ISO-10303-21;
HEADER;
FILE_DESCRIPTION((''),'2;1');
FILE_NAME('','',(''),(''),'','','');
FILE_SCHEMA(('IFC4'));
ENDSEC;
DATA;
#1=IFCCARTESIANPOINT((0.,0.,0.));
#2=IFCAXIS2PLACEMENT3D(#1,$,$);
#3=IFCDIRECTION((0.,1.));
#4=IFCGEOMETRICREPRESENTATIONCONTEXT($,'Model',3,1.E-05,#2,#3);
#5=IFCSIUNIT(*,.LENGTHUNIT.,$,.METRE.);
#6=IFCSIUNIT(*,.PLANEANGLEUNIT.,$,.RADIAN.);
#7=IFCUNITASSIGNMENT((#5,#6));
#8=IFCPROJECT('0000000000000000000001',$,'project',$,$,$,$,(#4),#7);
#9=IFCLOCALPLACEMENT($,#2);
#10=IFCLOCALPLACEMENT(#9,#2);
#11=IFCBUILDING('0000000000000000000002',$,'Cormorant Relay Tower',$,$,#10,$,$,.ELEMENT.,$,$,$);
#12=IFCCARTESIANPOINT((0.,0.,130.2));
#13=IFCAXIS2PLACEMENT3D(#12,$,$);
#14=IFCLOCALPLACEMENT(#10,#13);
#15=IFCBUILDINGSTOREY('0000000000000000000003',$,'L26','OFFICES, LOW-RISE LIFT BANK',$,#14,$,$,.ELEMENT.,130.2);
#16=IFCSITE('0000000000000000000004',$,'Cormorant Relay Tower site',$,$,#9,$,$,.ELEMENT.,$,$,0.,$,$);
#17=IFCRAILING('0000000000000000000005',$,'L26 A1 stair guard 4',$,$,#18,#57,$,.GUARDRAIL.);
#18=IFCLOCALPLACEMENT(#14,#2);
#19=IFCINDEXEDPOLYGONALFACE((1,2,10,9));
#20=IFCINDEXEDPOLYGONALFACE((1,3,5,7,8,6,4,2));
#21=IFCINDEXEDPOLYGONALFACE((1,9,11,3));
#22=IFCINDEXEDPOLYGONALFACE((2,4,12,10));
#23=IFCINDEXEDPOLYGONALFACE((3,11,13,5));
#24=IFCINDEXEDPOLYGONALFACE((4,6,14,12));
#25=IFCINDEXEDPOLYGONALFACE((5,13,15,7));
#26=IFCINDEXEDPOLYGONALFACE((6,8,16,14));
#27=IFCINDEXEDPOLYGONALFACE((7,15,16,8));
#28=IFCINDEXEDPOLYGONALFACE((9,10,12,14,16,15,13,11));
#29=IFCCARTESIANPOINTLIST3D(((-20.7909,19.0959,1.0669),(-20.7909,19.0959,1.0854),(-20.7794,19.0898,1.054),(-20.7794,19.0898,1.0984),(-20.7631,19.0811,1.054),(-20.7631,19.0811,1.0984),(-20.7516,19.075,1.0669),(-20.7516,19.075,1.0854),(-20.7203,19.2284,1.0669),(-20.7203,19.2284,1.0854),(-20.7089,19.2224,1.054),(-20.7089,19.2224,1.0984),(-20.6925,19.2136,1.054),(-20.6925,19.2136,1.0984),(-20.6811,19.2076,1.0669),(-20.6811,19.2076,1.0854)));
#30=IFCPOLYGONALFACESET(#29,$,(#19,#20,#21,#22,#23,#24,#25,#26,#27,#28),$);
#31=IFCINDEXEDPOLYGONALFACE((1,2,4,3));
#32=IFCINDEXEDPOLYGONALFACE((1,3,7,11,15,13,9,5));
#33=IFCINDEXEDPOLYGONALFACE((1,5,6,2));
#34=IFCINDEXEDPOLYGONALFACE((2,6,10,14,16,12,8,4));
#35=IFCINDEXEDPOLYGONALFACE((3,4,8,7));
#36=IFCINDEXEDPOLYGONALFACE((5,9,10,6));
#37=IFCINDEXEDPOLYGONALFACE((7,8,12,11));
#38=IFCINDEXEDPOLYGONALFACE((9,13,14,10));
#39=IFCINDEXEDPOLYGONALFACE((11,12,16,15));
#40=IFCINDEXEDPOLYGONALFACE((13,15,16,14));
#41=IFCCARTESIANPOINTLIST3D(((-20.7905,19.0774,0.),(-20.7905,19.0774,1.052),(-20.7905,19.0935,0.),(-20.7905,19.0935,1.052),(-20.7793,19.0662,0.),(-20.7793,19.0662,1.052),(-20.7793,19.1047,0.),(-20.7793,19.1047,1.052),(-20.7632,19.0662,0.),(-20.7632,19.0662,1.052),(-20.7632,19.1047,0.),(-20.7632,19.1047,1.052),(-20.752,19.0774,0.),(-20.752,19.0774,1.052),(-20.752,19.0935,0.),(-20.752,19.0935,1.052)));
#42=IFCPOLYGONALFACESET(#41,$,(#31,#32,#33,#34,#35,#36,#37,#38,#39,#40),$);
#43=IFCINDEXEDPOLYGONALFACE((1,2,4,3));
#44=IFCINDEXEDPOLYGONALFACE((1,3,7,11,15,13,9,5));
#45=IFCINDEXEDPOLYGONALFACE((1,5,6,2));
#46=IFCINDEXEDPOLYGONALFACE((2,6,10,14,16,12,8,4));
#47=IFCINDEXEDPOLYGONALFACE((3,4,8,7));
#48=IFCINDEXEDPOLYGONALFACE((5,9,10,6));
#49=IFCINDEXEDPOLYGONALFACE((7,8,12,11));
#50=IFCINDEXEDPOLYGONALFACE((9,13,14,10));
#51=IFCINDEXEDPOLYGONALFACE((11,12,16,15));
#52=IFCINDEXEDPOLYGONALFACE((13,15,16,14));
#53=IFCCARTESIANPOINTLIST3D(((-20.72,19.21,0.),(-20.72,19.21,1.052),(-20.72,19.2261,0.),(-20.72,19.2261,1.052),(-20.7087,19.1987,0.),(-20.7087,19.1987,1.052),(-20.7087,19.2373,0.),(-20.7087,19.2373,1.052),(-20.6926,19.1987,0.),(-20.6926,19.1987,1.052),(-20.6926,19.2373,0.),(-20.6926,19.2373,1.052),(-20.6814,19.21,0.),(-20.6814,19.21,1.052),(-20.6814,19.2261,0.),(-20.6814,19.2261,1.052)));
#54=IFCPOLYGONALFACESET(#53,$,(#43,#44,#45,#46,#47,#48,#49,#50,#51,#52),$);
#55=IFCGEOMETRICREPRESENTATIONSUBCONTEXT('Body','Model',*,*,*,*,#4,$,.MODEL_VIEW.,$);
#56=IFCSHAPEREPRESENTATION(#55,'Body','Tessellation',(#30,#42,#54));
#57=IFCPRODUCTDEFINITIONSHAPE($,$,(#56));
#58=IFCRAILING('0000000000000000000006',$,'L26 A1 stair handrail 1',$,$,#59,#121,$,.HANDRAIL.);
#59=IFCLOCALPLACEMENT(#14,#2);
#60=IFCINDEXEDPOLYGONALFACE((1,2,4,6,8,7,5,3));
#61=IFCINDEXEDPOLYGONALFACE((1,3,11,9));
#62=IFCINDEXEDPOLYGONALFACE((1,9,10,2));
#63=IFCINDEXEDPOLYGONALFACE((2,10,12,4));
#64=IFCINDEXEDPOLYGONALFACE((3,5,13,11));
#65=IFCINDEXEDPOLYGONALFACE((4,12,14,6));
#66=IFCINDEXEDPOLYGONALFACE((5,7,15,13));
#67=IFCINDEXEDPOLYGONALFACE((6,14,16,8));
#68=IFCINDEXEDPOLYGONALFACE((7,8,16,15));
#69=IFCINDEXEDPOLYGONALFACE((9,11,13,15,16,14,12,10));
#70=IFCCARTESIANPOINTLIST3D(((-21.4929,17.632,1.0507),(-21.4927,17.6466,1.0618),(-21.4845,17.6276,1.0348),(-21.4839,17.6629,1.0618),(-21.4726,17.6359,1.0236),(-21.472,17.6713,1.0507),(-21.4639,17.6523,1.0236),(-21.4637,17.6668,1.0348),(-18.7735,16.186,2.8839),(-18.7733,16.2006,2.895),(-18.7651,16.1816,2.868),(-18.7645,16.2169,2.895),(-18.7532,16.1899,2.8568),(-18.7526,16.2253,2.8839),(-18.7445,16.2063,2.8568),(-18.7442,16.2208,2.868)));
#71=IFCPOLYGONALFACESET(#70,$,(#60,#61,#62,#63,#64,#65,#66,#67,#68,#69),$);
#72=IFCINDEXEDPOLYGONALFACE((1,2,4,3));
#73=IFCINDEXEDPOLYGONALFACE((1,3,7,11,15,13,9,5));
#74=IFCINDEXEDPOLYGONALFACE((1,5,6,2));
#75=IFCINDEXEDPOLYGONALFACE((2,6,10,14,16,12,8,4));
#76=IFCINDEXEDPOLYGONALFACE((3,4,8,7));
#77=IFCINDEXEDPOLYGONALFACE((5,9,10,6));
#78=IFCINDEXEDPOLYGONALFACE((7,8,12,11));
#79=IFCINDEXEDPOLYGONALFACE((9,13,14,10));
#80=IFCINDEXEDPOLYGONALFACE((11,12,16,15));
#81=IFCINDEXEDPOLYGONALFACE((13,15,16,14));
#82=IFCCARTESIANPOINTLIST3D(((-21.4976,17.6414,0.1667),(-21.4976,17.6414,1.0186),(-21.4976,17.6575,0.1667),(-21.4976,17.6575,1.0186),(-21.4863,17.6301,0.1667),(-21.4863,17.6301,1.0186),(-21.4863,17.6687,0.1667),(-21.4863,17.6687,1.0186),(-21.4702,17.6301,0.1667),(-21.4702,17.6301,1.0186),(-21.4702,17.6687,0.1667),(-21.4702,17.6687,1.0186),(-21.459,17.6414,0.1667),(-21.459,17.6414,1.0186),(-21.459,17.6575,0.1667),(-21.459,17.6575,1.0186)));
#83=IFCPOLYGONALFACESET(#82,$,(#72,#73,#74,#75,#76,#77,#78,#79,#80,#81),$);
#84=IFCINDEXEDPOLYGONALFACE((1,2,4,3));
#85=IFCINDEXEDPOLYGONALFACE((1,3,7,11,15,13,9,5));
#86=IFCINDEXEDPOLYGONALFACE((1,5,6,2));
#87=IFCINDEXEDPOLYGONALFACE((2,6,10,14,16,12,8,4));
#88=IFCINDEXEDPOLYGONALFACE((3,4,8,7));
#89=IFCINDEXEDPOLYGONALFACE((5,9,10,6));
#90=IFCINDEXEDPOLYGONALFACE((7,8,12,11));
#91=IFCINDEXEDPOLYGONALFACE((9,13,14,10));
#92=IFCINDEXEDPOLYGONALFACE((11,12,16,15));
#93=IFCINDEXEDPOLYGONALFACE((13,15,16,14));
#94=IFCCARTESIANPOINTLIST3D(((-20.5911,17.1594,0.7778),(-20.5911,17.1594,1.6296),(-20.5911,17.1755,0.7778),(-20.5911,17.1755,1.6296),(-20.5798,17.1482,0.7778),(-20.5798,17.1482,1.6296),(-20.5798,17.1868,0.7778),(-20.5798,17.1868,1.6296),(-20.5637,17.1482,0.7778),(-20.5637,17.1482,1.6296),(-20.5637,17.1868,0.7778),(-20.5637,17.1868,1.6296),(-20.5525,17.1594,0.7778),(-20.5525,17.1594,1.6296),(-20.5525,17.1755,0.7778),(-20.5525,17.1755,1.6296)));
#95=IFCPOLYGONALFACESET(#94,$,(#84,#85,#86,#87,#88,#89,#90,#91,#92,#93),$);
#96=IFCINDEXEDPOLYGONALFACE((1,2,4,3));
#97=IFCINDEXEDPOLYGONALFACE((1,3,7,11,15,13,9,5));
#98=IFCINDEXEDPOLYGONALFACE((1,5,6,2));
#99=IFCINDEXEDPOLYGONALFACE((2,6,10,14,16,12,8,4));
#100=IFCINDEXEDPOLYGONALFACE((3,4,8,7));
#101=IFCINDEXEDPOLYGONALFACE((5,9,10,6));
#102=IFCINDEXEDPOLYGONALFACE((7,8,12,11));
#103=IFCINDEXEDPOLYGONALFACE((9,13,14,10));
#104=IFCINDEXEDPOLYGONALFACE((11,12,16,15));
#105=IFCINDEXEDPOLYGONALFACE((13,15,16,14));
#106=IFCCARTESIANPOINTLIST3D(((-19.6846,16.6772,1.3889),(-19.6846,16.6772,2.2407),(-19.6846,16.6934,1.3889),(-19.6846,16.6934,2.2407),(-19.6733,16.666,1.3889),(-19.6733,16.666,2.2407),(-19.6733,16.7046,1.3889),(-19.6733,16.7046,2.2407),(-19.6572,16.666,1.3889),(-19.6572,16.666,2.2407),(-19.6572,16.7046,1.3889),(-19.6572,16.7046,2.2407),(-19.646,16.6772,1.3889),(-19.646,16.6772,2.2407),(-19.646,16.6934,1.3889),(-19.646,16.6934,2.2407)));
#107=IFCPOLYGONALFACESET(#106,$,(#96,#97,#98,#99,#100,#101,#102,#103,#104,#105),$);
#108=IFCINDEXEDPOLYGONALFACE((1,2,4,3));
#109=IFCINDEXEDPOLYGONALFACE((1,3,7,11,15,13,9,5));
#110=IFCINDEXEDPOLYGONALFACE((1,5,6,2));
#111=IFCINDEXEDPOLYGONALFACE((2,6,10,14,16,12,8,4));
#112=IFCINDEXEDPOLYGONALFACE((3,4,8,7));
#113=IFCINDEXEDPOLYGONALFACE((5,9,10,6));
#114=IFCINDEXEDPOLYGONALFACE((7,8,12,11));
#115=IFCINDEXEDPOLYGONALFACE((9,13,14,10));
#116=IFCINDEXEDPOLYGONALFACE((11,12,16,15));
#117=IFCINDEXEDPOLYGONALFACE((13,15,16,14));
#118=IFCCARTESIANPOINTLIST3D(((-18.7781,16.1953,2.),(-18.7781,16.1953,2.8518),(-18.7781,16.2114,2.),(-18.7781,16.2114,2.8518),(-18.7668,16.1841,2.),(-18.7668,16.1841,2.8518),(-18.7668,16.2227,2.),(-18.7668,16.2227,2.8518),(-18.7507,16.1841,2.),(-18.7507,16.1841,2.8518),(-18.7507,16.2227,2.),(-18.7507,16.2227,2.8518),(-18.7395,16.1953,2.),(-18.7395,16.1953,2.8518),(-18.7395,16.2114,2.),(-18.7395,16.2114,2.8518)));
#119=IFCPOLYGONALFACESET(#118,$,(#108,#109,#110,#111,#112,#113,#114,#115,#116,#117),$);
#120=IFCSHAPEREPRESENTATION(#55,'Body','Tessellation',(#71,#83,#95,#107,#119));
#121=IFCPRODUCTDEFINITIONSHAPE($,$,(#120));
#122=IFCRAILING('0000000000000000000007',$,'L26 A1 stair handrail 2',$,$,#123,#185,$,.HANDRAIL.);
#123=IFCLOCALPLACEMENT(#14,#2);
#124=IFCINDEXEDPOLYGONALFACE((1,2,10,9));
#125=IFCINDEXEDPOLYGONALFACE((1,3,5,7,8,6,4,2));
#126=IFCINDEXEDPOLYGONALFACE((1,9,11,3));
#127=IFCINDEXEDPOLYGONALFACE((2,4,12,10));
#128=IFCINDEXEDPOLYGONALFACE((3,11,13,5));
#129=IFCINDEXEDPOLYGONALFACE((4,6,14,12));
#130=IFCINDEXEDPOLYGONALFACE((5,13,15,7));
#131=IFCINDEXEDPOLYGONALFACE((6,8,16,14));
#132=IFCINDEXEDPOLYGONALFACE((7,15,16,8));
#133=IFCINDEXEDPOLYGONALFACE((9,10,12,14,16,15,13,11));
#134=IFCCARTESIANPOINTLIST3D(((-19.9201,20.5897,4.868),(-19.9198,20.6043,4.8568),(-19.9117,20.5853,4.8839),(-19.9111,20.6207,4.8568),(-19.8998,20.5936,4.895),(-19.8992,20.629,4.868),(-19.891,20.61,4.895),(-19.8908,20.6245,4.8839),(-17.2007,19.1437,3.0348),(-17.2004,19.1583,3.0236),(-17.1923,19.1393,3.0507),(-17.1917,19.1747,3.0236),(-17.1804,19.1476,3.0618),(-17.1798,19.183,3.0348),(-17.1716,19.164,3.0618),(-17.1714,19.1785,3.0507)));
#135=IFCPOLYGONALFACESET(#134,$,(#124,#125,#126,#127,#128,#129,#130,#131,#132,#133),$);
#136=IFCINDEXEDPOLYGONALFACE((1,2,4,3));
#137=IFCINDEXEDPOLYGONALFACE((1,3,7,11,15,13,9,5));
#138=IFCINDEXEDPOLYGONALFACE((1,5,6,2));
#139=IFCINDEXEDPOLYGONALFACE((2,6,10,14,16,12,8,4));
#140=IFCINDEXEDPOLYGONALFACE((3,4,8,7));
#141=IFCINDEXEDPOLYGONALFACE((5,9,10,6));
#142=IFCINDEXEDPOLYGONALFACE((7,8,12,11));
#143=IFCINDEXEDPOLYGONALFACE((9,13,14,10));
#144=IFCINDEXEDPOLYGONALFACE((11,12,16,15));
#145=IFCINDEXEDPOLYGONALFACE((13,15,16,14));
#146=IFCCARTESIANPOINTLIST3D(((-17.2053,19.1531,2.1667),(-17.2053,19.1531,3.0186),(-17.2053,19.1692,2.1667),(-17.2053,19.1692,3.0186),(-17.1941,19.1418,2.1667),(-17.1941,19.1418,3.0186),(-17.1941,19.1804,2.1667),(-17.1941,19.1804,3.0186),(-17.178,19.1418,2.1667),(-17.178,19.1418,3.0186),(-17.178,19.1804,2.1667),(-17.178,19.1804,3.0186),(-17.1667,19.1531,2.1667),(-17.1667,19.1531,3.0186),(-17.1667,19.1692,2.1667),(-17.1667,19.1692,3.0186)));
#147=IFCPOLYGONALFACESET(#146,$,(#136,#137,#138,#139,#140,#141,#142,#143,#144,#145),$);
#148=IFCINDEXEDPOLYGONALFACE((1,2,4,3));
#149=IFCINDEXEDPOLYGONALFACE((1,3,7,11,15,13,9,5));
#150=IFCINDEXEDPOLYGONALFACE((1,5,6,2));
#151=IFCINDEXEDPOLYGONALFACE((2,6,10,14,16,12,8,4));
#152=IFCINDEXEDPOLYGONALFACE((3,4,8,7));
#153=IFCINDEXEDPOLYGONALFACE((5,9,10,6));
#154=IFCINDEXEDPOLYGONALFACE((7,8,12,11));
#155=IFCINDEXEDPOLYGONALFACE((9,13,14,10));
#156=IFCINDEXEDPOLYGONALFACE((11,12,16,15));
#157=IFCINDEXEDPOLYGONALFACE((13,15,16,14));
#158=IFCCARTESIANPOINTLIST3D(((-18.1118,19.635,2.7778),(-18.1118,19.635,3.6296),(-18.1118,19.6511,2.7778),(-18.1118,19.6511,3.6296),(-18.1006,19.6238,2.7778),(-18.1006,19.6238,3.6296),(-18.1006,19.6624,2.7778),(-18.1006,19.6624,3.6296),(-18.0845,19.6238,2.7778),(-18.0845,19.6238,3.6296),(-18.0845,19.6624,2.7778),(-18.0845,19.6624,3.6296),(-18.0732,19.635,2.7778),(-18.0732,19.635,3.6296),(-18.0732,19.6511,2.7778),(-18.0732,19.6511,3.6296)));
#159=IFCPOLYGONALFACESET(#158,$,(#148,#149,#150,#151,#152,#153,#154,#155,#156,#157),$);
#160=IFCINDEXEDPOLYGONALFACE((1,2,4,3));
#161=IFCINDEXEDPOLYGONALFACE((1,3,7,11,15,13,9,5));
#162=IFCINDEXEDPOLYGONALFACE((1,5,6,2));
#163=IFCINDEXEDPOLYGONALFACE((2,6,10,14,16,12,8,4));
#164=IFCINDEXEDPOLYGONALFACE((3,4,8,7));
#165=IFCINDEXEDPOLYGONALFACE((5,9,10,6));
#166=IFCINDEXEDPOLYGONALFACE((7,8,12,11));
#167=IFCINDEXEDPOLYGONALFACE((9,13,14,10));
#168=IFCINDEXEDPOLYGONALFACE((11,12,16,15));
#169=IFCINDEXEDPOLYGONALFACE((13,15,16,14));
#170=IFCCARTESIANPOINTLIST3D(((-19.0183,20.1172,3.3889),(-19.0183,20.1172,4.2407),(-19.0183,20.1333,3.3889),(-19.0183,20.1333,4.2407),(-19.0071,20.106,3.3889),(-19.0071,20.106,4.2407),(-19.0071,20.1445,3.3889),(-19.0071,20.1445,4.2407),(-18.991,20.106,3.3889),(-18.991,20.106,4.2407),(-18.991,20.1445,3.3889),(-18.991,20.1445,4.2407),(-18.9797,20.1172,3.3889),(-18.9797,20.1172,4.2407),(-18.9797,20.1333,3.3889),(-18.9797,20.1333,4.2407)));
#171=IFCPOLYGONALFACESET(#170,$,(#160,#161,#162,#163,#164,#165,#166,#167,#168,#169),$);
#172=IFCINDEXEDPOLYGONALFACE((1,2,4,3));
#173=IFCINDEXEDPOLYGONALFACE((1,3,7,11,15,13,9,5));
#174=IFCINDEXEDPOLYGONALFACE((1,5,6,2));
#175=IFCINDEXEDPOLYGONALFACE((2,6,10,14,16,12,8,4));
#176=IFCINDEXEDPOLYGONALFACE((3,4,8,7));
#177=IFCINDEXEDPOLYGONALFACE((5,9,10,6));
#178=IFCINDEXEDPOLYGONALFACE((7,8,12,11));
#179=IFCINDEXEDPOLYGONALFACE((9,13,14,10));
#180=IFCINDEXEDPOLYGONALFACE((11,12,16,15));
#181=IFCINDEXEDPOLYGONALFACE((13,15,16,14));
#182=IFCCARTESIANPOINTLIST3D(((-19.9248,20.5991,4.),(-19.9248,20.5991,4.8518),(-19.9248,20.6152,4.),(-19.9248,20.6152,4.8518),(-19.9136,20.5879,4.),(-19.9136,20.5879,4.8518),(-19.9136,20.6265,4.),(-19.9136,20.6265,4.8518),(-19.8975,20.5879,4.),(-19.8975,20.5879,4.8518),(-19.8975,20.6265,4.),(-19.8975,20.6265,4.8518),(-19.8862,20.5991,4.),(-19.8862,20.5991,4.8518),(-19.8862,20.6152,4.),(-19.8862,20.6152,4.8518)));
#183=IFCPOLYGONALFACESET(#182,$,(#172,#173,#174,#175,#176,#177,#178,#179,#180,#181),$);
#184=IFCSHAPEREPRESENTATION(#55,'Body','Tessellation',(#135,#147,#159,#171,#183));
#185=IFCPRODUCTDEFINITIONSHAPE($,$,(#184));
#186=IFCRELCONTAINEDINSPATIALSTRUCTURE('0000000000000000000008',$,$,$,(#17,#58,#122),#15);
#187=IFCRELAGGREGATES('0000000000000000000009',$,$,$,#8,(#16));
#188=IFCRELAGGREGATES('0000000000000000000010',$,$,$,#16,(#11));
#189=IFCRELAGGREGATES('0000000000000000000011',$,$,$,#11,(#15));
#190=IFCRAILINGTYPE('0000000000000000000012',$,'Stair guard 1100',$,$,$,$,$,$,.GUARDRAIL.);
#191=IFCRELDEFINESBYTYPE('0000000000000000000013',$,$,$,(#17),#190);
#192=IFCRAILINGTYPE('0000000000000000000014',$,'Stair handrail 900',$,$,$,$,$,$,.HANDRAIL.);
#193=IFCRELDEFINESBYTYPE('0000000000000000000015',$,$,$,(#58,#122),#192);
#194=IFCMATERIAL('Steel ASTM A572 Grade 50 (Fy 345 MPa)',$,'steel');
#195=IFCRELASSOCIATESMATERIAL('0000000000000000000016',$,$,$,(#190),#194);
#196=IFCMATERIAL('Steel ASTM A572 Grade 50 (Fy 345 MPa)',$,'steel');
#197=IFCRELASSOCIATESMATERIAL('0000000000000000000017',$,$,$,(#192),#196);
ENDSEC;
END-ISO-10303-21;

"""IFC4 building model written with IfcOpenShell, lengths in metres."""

from ifc_helpers import new_model, si_unit, direction, frame, origin, place, context, subcontext, project, spatial, polyline, outline, extrude, material, type_object, element, save


model = new_model("IFC4")

# Units and contexts
model_context = context("Model", 3, precision=1e-05, world=origin(), true_north=direction((0.0, 1.0)))
body_context = subcontext(model_context, "Body", "Model", "MODEL_VIEW")
ifc_project = project(units=[si_unit("LENGTHUNIT", "METRE"), si_unit("PLANEANGLEUNIT", "RADIAN")], contexts=[model_context])

# Site, building, storey
site_placement = place(None, origin())
site = spatial("IfcSite", under=ifc_project, at=site_placement, Name="Cormorant Relay Tower site", CompositionType="ELEMENT", RefElevation=0.0)
building_placement = place(site_placement, origin())
building = spatial("IfcBuilding", under=site, at=building_placement, Name="Cormorant Relay Tower", CompositionType="ELEMENT")
storey_placement = place(building_placement, frame((0.0, 0.0, 130.2)))
storey = spatial("IfcBuildingStorey", under=building, at=storey_placement, Name="L26", Description="OFFICES, LOW-RISE LIFT BANK", CompositionType="ELEMENT", Elevation=130.2)

# Railings
ifc_material_1 = material(Name="Steel ASTM A572 Grade 50 (Fy 345 MPa)", Category="steel")
railing_type_1 = type_object("IfcRailingType", Name="Stair guard 1100", PredefinedType="GUARDRAIL", material=ifc_material_1)
railing_1_placement = place(storey_placement, frame((-20.7712, 19.0854, 0.0)))
element("IfcRailing", 1, at=railing_1_placement, inside=storey, type_object=railing_type_1, Name="L26 A1 stair guard 4", PredefinedType="GUARDRAIL", context=body_context, shape_type="SweptSolid", body=[
    extrude(outline(polyline([(0.0222, 0.0093), (0.0093, 0.0222), (-0.0093, 0.0222), (-0.0222, 0.0093), (-0.0222, -0.0093), (-0.0093, -0.0222), (0.0093, -0.0222), (0.0222, -0.0093), (0.0222, 0.0093)])), frame((0.0, 0.0, 1.0762), z_axis=(0.469829, 0.882758, 0.0), x_axis=(-0.882758, 0.469829, 0.0)), (0.0, 0.0, 1.0), 0.1501),
    extrude(outline(polyline([(0.0193, 0.0081), (0.0081, 0.0193), (-0.0081, 0.0193), (-0.0193, 0.0081), (-0.0193, -0.0081), (-0.0081, -0.0193), (0.0081, -0.0193), (0.0193, -0.0081), (0.0193, 0.0081)])), origin(), (0.0, 0.0, 1.0), 1.052),
    extrude(outline(polyline([(0.0193, 0.0081), (0.0081, 0.0193), (-0.0081, 0.0193), (-0.0193, 0.0081), (-0.0193, -0.0081), (-0.0081, -0.0193), (0.0081, -0.0193), (0.0193, -0.0081), (0.0193, 0.0081)])), frame((0.0706, 0.1326, 0.0)), (0.0, 0.0, 1.0), 1.052),
])
ifc_material_2 = material(Name="Steel ASTM A572 Grade 50 (Fy 345 MPa)", Category="steel")
railing_type_2 = type_object("IfcRailingType", Name="Stair handrail 900", PredefinedType="HANDRAIL", material=ifc_material_2)
railing_2_placement = place(storey_placement, frame((-21.4783, 17.6494, 0.1667)))
element("IfcRailing", 2, at=railing_2_placement, inside=storey, type_object=railing_type_2, Name="L26 A1 stair handrail 1", PredefinedType="HANDRAIL", context=body_context, shape_type="SweptSolid", body=[
    extrude(outline(polyline([(0.0222, 0.0093), (0.0093, 0.0222), (-0.0093, 0.0222), (-0.0222, 0.0093), (-0.0222, -0.0093), (-0.0093, -0.0222), (0.0093, -0.0222), (0.0222, -0.0093), (0.0222, 0.0093)])), frame((0.0, 0.0, 0.876), z_axis=(0.758714, -0.403435, 0.511463), x_axis=(0.469489, 0.882938, 0.0)), (0.0, 0.0, 1.0), 3.5842),
    extrude(outline(polyline([(0.0193, 0.0081), (0.0081, 0.0193), (-0.0081, 0.0193), (-0.0193, 0.0081), (-0.0193, -0.0081), (-0.0081, -0.0193), (0.0081, -0.0193), (0.0193, -0.0081), (0.0193, 0.0081)])), origin(), (0.0, 0.0, 1.0), 0.8518),
    extrude(outline(polyline([(0.0193, 0.0081), (0.0081, 0.0193), (-0.0081, 0.0193), (-0.0193, 0.0081), (-0.0193, -0.0081), (-0.0081, -0.0193), (0.0081, -0.0193), (0.0193, -0.0081), (0.0193, 0.0081)])), frame((0.9065, -0.4819, 0.6111)), (0.0, 0.0, 1.0), 0.8518),
    extrude(outline(polyline([(0.0193, 0.0081), (0.0081, 0.0193), (-0.0081, 0.0193), (-0.0193, 0.0081), (-0.0193, -0.0081), (-0.0081, -0.0193), (0.0081, -0.0193), (0.0193, -0.0081), (0.0193, 0.0081)])), frame((1.813, -0.9641, 1.2222)), (0.0, 0.0, 1.0), 0.8518),
    extrude(outline(polyline([(0.0193, 0.0081), (0.0081, 0.0193), (-0.0081, 0.0193), (-0.0193, 0.0081), (-0.0193, -0.0081), (-0.0081, -0.0193), (0.0081, -0.0193), (0.0193, -0.0081), (0.0193, 0.0081)])), frame((2.7195, -1.446, 1.8333)), (0.0, 0.0, 1.0), 0.8518),
])
railing_3_placement = place(storey_placement, frame((-17.186, 19.1611, 2.1667)))
element("IfcRailing", 3, at=railing_3_placement, inside=storey, type_object=railing_type_2, Name="L26 A1 stair handrail 2", PredefinedType="HANDRAIL", context=body_context, shape_type="SweptSolid", body=[
    extrude(outline(polyline([(0.0222, 0.0093), (0.0093, 0.0222), (-0.0093, 0.0222), (-0.0222, 0.0093), (-0.0222, -0.0093), (-0.0093, -0.0222), (0.0093, -0.0222), (0.0222, -0.0093), (0.0222, 0.0093)])), frame((0.0, 0.0, 0.876), z_axis=(-0.758714, 0.403435, 0.511463), x_axis=(-0.469489, -0.882938, 0.0)), (0.0, 0.0, 1.0), 3.5842),
    extrude(outline(polyline([(0.0193, 0.0081), (0.0081, 0.0193), (-0.0081, 0.0193), (-0.0193, 0.0081), (-0.0193, -0.0081), (-0.0081, -0.0193), (0.0081, -0.0193), (0.0193, -0.0081), (0.0193, 0.0081)])), origin(), (0.0, 0.0, 1.0), 0.8518),
    extrude(outline(polyline([(0.0193, 0.0081), (0.0081, 0.0193), (-0.0081, 0.0193), (-0.0193, 0.0081), (-0.0193, -0.0081), (-0.0081, -0.0193), (0.0081, -0.0193), (0.0193, -0.0081), (0.0193, 0.0081)])), frame((-0.9065, 0.4819, 0.6111)), (0.0, 0.0, 1.0), 0.8518),
    extrude(outline(polyline([(0.0193, 0.0081), (0.0081, 0.0193), (-0.0081, 0.0193), (-0.0193, 0.0081), (-0.0193, -0.0081), (-0.0081, -0.0193), (0.0081, -0.0193), (0.0193, -0.0081), (0.0193, 0.0081)])), frame((-1.813, 0.9641, 1.2222)), (0.0, 0.0, 1.0), 0.8518),
    extrude(outline(polyline([(0.0193, 0.0081), (0.0081, 0.0193), (-0.0081, 0.0193), (-0.0193, 0.0081), (-0.0193, -0.0081), (-0.0081, -0.0193), (0.0081, -0.0193), (0.0193, -0.0081), (0.0193, 0.0081)])), frame((-2.7195, 1.446, 1.8333)), (0.0, 0.0, 1.0), 0.8518),
])

save(model, "model.ifc")
